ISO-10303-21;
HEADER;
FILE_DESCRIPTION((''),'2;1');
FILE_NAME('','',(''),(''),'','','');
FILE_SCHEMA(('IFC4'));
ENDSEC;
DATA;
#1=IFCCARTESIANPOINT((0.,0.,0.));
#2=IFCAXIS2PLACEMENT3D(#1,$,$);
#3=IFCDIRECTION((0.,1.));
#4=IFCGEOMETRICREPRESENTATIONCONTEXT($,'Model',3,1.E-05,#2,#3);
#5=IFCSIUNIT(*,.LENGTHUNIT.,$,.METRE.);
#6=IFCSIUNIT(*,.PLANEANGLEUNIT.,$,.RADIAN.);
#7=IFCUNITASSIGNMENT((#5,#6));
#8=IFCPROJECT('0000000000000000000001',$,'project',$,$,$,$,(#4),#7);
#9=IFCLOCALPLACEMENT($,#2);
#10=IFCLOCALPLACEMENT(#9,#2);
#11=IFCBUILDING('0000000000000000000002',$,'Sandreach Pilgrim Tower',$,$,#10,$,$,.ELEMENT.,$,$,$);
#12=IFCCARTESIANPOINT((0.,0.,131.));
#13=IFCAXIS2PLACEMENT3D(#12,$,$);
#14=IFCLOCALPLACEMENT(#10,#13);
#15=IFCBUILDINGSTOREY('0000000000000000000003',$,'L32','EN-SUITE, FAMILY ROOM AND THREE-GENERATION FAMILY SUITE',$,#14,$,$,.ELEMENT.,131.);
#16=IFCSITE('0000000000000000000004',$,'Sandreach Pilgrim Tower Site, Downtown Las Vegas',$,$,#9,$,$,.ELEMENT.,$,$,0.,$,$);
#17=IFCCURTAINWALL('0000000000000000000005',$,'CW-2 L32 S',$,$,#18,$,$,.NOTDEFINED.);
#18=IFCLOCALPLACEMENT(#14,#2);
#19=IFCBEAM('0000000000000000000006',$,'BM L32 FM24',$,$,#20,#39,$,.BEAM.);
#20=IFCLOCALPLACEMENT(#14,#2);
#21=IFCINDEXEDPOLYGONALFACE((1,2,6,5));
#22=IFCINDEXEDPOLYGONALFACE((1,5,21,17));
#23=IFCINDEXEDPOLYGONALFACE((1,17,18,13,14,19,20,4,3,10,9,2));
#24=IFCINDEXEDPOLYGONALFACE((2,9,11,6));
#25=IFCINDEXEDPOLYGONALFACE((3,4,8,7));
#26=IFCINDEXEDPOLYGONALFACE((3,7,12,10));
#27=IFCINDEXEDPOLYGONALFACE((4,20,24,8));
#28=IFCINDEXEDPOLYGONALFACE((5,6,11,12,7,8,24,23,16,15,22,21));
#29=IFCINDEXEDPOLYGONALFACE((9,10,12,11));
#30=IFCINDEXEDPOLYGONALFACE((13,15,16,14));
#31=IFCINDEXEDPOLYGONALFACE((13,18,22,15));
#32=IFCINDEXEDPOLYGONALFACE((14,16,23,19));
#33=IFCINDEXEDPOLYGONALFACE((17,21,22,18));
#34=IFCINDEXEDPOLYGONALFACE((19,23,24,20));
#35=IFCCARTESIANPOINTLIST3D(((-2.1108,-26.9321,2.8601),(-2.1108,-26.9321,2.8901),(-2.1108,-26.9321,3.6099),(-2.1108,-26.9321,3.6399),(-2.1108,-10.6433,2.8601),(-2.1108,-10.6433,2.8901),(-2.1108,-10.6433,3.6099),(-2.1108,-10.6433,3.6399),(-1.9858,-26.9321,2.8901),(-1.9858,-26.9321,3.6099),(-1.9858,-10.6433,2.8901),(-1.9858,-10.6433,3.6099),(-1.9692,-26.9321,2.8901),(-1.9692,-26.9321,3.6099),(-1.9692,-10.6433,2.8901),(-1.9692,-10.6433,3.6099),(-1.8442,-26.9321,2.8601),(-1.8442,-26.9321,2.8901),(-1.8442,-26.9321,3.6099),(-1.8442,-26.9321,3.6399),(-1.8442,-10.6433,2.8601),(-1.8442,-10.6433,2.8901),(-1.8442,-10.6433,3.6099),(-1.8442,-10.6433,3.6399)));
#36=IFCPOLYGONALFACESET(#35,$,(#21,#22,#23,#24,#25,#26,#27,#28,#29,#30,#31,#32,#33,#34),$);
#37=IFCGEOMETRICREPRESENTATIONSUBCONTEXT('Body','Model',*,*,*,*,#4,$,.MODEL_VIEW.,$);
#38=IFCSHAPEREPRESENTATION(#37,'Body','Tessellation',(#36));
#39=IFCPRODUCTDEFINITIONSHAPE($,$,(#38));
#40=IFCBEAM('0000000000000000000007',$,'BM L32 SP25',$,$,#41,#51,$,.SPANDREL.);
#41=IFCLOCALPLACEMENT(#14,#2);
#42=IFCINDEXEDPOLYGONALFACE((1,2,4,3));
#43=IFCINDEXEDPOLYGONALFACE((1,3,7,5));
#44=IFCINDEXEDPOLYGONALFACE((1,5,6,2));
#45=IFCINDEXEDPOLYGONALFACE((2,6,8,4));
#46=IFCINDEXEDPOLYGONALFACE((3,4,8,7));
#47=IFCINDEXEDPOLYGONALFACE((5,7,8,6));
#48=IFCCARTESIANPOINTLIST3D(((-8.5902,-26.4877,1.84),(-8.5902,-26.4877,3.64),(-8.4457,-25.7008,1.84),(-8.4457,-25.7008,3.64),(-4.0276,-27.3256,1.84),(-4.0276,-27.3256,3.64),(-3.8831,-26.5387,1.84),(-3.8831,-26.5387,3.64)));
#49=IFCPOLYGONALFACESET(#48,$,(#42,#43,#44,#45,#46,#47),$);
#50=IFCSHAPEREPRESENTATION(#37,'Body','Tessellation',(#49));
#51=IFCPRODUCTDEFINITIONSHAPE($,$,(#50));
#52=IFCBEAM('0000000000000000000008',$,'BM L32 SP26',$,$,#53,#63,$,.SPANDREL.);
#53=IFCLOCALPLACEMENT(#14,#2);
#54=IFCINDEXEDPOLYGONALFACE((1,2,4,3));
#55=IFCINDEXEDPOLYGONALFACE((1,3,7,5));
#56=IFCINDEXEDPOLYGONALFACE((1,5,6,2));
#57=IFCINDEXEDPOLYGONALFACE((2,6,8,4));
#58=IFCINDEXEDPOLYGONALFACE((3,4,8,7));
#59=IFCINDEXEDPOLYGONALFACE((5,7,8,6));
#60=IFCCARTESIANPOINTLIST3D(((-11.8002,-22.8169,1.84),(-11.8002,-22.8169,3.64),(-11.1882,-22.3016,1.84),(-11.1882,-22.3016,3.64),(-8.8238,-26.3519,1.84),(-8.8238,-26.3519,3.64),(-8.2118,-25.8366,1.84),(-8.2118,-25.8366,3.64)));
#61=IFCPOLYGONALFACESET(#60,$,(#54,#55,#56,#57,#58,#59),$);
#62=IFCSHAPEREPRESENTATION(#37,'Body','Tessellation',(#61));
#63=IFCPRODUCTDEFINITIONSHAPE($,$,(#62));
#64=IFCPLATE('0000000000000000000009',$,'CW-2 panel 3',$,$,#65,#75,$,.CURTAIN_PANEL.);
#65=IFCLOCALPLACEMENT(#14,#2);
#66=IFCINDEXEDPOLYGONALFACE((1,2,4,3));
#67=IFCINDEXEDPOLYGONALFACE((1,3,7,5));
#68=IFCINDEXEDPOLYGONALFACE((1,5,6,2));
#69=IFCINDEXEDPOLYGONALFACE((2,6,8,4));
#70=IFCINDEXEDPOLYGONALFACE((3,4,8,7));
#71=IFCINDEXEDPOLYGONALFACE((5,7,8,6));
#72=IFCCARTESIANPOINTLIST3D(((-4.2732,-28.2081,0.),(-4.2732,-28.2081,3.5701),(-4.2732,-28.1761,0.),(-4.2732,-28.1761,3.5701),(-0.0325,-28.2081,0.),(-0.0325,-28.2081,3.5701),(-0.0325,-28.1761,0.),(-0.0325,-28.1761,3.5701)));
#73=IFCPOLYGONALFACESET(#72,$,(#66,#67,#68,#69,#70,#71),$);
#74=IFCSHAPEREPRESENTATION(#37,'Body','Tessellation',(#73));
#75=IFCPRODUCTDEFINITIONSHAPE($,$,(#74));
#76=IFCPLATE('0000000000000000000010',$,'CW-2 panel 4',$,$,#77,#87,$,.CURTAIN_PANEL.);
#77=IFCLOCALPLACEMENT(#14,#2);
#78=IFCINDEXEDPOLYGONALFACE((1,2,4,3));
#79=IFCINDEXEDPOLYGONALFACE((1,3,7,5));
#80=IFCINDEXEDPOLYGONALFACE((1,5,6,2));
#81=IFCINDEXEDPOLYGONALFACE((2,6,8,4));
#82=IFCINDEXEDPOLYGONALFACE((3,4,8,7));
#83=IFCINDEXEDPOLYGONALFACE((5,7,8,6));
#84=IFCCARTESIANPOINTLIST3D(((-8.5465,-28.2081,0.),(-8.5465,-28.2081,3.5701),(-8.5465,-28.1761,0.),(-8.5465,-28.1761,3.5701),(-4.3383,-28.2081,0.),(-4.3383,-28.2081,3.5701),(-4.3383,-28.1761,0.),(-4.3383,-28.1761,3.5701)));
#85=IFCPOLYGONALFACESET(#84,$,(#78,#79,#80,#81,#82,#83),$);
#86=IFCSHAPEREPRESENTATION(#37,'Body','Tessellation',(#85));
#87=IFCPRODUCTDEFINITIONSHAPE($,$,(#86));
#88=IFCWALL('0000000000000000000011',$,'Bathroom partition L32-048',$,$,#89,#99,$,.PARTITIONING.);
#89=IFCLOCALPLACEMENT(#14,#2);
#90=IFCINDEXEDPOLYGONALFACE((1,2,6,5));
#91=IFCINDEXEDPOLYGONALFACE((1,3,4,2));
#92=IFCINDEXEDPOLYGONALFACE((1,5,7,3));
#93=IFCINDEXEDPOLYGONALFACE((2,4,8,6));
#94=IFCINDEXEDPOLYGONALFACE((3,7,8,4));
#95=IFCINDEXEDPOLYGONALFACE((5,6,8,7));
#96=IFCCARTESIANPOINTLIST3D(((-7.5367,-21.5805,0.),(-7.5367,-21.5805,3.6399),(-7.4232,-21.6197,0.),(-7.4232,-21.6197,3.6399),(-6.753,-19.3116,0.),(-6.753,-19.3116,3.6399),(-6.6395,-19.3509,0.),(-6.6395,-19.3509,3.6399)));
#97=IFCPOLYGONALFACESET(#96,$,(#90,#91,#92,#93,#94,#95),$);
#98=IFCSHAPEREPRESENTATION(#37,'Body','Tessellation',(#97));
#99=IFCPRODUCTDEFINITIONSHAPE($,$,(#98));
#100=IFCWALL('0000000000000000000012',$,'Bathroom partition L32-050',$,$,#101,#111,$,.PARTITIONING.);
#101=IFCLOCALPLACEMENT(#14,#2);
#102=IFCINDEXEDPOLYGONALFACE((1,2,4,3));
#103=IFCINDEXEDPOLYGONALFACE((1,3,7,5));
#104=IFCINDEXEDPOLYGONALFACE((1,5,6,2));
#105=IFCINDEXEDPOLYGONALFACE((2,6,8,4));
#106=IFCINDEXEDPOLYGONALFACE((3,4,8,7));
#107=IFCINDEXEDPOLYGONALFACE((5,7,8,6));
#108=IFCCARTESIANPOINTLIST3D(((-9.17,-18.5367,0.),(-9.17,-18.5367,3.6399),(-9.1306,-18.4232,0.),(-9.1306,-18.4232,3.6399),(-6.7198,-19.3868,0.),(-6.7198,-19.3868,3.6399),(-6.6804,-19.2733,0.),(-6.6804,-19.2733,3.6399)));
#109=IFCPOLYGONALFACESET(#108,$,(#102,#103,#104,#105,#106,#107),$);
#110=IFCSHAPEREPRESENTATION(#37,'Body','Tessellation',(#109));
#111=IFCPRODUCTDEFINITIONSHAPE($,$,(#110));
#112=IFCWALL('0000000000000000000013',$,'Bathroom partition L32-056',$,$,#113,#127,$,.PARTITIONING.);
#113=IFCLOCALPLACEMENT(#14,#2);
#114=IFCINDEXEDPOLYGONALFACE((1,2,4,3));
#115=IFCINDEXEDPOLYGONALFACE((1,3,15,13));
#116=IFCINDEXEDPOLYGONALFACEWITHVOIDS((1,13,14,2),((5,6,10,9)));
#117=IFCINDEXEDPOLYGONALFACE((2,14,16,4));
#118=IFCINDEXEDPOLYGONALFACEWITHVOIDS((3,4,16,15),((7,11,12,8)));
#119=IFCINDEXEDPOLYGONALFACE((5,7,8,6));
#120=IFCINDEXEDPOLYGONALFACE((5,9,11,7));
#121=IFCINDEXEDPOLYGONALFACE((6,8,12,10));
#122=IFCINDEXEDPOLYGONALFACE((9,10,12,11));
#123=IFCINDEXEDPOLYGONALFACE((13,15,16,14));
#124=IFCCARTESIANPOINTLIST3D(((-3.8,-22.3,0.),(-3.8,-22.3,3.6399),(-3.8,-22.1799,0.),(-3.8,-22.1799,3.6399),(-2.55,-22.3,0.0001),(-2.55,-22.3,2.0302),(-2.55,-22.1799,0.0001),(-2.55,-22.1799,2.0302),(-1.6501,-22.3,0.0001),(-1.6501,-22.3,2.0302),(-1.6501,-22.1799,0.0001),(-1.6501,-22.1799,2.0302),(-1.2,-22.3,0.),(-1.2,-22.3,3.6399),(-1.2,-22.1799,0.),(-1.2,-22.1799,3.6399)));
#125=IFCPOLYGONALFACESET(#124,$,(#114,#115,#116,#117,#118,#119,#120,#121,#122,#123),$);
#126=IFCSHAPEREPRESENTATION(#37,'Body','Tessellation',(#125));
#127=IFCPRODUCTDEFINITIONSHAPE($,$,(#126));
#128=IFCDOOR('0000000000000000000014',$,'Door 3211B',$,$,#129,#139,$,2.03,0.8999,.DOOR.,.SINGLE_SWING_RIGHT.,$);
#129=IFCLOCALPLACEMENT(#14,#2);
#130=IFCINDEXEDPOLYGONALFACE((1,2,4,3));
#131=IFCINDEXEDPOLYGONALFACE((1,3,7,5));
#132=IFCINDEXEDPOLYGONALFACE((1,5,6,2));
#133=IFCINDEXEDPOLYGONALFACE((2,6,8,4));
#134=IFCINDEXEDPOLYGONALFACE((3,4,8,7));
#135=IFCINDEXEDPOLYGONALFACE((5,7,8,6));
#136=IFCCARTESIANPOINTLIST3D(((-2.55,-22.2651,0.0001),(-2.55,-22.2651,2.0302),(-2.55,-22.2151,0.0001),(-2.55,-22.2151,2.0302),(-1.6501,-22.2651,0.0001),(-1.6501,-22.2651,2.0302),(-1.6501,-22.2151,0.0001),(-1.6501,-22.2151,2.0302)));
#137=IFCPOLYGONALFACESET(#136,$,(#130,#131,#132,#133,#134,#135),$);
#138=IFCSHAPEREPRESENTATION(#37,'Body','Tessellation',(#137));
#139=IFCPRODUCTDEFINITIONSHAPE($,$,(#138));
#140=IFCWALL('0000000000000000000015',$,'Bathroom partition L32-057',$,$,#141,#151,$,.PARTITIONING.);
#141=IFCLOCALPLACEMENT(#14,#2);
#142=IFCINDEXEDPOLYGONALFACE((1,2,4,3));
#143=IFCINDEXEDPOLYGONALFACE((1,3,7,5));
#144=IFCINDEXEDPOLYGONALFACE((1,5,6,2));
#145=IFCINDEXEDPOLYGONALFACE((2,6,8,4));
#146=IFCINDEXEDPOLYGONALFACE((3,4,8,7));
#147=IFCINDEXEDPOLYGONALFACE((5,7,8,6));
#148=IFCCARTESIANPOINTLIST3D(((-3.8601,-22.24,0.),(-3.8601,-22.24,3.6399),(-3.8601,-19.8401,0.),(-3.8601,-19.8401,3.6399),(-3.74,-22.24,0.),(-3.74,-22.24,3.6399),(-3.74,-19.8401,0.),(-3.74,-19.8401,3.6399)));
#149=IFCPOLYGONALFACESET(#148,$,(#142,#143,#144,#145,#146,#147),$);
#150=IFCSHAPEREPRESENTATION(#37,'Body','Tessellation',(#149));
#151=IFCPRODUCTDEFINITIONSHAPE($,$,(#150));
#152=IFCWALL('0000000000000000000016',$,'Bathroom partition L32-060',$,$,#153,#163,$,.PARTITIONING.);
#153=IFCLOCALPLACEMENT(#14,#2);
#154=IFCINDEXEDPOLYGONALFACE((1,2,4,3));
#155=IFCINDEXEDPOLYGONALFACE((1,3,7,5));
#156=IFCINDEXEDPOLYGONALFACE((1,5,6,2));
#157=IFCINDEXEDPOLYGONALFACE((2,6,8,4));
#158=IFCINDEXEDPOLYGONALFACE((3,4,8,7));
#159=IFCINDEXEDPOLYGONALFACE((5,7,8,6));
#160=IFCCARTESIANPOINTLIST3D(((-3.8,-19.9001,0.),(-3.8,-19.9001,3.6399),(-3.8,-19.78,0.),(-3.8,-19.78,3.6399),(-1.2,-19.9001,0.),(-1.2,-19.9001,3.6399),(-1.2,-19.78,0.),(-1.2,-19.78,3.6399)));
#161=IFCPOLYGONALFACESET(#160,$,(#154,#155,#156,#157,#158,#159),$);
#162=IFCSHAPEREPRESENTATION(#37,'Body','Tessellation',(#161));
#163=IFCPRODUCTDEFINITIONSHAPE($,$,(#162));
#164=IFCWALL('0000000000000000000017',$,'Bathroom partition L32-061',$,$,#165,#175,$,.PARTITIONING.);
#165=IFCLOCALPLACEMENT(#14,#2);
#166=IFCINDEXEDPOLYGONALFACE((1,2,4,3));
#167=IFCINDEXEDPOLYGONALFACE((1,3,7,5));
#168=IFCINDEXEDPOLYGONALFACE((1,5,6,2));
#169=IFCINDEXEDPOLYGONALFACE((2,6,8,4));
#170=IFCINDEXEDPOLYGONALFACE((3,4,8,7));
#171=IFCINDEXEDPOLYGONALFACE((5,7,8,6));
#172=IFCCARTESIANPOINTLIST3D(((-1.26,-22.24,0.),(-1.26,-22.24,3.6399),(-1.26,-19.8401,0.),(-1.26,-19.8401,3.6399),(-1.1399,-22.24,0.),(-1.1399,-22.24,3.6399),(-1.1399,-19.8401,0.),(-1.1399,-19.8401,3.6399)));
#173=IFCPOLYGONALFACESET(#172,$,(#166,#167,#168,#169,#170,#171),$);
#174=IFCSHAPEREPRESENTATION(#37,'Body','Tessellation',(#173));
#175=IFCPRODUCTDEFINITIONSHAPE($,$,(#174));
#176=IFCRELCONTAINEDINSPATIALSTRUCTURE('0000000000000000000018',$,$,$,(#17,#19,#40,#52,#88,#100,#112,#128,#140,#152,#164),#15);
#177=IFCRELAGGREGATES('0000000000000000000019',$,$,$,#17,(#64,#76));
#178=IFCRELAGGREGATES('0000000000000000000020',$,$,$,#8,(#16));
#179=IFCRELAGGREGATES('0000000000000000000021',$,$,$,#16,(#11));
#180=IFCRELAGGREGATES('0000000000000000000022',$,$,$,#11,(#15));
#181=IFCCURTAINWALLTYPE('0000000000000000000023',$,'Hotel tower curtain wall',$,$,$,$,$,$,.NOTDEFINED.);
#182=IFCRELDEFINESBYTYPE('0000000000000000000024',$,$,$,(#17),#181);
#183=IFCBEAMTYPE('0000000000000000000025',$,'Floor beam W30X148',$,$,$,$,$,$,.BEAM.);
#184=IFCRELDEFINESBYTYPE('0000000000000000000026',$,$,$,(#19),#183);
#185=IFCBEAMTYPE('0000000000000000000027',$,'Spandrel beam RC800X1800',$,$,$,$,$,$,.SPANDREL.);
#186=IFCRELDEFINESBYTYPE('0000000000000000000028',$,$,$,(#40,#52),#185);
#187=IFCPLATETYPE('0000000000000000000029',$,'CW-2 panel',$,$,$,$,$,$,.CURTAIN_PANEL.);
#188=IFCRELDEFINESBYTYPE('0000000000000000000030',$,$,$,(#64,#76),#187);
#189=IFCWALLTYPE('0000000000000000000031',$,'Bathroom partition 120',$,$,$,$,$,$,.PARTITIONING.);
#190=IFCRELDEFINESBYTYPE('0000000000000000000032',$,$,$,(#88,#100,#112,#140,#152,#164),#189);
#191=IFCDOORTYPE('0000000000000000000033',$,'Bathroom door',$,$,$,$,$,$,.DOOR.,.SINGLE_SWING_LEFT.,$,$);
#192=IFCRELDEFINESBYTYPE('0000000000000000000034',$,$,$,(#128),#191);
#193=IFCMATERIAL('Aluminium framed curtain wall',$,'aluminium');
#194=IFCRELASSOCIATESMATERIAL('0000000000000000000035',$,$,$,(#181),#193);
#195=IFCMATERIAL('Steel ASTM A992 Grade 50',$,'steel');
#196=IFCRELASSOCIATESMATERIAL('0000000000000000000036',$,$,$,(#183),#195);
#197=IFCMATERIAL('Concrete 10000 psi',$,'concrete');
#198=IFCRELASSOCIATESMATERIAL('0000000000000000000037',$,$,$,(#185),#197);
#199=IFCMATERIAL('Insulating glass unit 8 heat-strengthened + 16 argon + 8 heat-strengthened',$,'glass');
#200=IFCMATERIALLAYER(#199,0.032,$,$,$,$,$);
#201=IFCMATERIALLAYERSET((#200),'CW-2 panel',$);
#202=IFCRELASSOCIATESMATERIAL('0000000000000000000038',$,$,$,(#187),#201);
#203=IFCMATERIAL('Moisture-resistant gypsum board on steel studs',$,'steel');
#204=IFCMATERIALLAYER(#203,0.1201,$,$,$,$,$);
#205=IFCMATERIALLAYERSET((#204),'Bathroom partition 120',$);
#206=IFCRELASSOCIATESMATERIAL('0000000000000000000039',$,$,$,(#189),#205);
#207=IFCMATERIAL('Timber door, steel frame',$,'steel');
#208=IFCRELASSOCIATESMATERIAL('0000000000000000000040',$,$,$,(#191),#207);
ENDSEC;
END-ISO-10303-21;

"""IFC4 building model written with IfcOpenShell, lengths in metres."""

from ifc_helpers import new_model, si_unit, direction, frame, frame_2d, origin, origin_2d, place, context, subcontext, project, spatial, rectangle, i_section, extrude, material, layer, layer_set, material_profile, profile_set, type_object, element, fill, aggregate, save


model = new_model("IFC4")

# Units and contexts
model_context = context("Model", 3, precision=1e-05, world=origin(), true_north=direction((0.0, 1.0)))
body_context = subcontext(model_context, "Body", "Model", "MODEL_VIEW")
ifc_project = project(units=[si_unit("LENGTHUNIT", "METRE"), si_unit("PLANEANGLEUNIT", "RADIAN")], contexts=[model_context])

# Site, building, storey
site_placement = place(None, origin())
site = spatial("IfcSite", under=ifc_project, at=site_placement, Name="Sandreach Pilgrim Tower Site, Downtown Las Vegas", CompositionType="ELEMENT", RefElevation=0.0)
building_placement = place(site_placement, origin())
building = spatial("IfcBuilding", under=site, at=building_placement, Name="Sandreach Pilgrim Tower", CompositionType="ELEMENT")
storey_placement = place(building_placement, frame((0.0, 0.0, 131.0)))
storey = spatial("IfcBuildingStorey", under=building, at=storey_placement, Name="L32", Description="EN-SUITE, FAMILY ROOM AND THREE-GENERATION FAMILY SUITE", CompositionType="ELEMENT", Elevation=131.0)

# Curtain wall
ifc_material_1 = material(Name="Aluminium framed curtain wall", Category="aluminium")
curtain_wall_type = type_object("IfcCurtainWallType", Name="Hotel tower curtain wall", PredefinedType="NOTDEFINED", material=ifc_material_1)
curtain_wall_placement = place(storey_placement, origin())
curtain_wall = element("IfcCurtainWall", 1, at=curtain_wall_placement, inside=storey, type_object=curtain_wall_type, Name="CW-2 L32 S", PredefinedType="NOTDEFINED")

# Beams
ifc_material_2 = material(Name="Steel ASTM A992 Grade 50", Category="steel")
ifc_material_profile_1 = material_profile(ifc_material_2, i_section(OverallWidth=0.2666, OverallDepth=0.7798, WebThickness=0.0166, FlangeThickness=0.03, at=origin_2d()), Name="W30X148")
ifc_profile_set_1 = profile_set([ifc_material_profile_1], Name="Steel ASTM A992 Grade 50")
beam_type_1 = type_object("IfcBeamType", Name="Floor beam W30X148", PredefinedType="BEAM", material=ifc_profile_set_1)
beam_1_placement = place(storey_placement, frame((-1.9775, -26.9321, 3.25), z_axis=(0.0, 1.0, 0.0), x_axis=(-1.0, 0.0, 0.0)))
element("IfcBeam", 2, at=beam_1_placement, inside=storey, type_object=beam_type_1, Name="BM L32 FM24", PredefinedType="BEAM", context=body_context, shape_type="SweptSolid", body=[
    extrude(i_section(OverallWidth=0.2666, OverallDepth=0.7798, WebThickness=0.0166, FlangeThickness=0.03, at=origin_2d()), origin(), (0.0, 0.0, 1.0), 16.2888),
])
ifc_material_3 = material(Name="Concrete 10000 psi", Category="concrete")
ifc_material_profile_2 = material_profile(ifc_material_3, rectangle(XDim=0.8, YDim=1.8, at=origin_2d()), Name="RC800X1800")
ifc_profile_set_2 = profile_set([ifc_material_profile_2], Name="Concrete 10000 psi")
beam_type_2 = type_object("IfcBeamType", Name="Spandrel beam RC800X1800", PredefinedType="SPANDREL", material=ifc_profile_set_2)
beam_2_placement = place(storey_placement, frame((-3.9553, -26.9321, 2.74), z_axis=(-0.983552, 0.180627, 0.0), x_axis=(-0.180627, -0.983552, 0.0)))
element("IfcBeam", 3, at=beam_2_placement, inside=storey, type_object=beam_type_2, Name="BM L32 SP25", PredefinedType="SPANDREL", context=body_context, shape_type="SweptSolid", body=[
    extrude(rectangle(XDim=0.8, YDim=1.8, at=origin_2d()), origin(), (0.0, 0.0, 1.0), 4.6389),
])
beam_3_placement = place(storey_placement, frame((-8.5178, -26.0942, 2.74), z_axis=(-0.644079, 0.764959, 0.0), x_axis=(-0.764959, -0.644079, 0.0)))
element("IfcBeam", 4, at=beam_3_placement, inside=storey, type_object=beam_type_2, Name="BM L32 SP26", PredefinedType="SPANDREL", context=body_context, shape_type="SweptSolid", body=[
    extrude(rectangle(XDim=0.8, YDim=1.8, at=origin_2d()), origin(), (0.0, 0.0, 1.0), 4.6211),
])

# Plates
ifc_material_4 = material(Name="Insulating glass unit 8 heat-strengthened + 16 argon + 8 heat-strengthened", Category="glass")
ifc_layer_1 = layer(ifc_material_4, 0.032)
ifc_layer_set_1 = layer_set([ifc_layer_1], Name="CW-2 panel")
plate_type = type_object("IfcPlateType", Name="CW-2 panel", PredefinedType="CURTAIN_PANEL", material=ifc_layer_set_1)
plate_1_placement = place(storey_placement, frame((-2.1528, -28.1921, 0.0), z_axis=(0.0, 0.0, 1.0), x_axis=(-1.0, 0.0, 0.0)))
plate_1 = element("IfcPlate", 5, at=plate_1_placement, type_object=plate_type, Name="CW-2 panel 3", PredefinedType="CURTAIN_PANEL", context=body_context, shape_type="SweptSolid", body=[
    extrude(rectangle(XDim=4.2407, YDim=0.032, at=origin_2d()), origin(), (0.0, 0.0, 1.0), 3.5701),
])
plate_2_placement = place(storey_placement, frame((-6.4424, -28.1921, 0.0), z_axis=(0.0, 0.0, 1.0), x_axis=(-1.0, 0.0, 0.0)))
plate_2 = element("IfcPlate", 6, at=plate_2_placement, type_object=plate_type, Name="CW-2 panel 4", PredefinedType="CURTAIN_PANEL", context=body_context, shape_type="SweptSolid", body=[
    extrude(rectangle(XDim=4.2083, YDim=0.032, at=origin_2d()), origin(), (0.0, 0.0, 1.0), 3.5701),
])
aggregate(curtain_wall, [plate_1, plate_2])

# Walls
ifc_material_5 = material(Name="Moisture-resistant gypsum board on steel studs", Category="steel")
ifc_layer_2 = layer(ifc_material_5, 0.1201)
ifc_layer_set_2 = layer_set([ifc_layer_2], Name="Bathroom partition 120")
wall_type_1 = type_object("IfcWallType", Name="Bathroom partition 120", PredefinedType="PARTITIONING", material=ifc_layer_set_2)
wall_1_placement = place(storey_placement, frame((-7.48, -21.6001, 0.0), z_axis=(0.0, 0.0, 1.0), x_axis=(0.326492, 0.9452, 0.0)))
element("IfcWall", 7, at=wall_1_placement, inside=storey, type_object=wall_type_1, Name="Bathroom partition L32-048", PredefinedType="PARTITIONING", context=body_context, shape_type="SweptSolid", body=[
    extrude(rectangle(XDim=2.4004, YDim=0.1201, at=frame_2d((1.2002, 0.0))), origin(), (0.0, 0.0, 1.0), 3.6399),
])
wall_2_placement = place(storey_placement, frame((-6.7, -19.3301, 0.0), z_axis=(0.0, 0.0, 1.0), x_axis=(-0.944753, 0.327783, 0.0)))
element("IfcWall", 8, at=wall_2_placement, inside=storey, type_object=wall_type_1, Name="Bathroom partition L32-050", PredefinedType="PARTITIONING", context=body_context, shape_type="SweptSolid", body=[
    extrude(rectangle(XDim=2.5935, YDim=0.1201, at=frame_2d((1.2969, 0.0))), origin(), (0.0, 0.0, 1.0), 3.6399),
])

# Wall, opening, door
wall_3_placement = place(storey_placement, frame((-3.8, -22.24, 0.0), z_axis=(0.0, 0.0, 1.0), x_axis=(1.0, 0.0, 0.0)))
wall_3 = element("IfcWall", 9, at=wall_3_placement, inside=storey, type_object=wall_type_1, Name="Bathroom partition L32-056", PredefinedType="PARTITIONING", context=body_context, shape_type="SweptSolid", body=[
    extrude(rectangle(XDim=2.6001, YDim=0.1201, at=frame_2d((1.3, 0.0))), origin(), (0.0, 0.0, 1.0), 3.6399),
])
opening_1_placement = place(wall_3_placement, frame((1.25, 0.0, 0.0)))
opening_1 = element("IfcOpeningElement", 10, at=opening_1_placement, cuts=wall_3, PredefinedType="OPENING", context=body_context, shape_type="SweptSolid", body=[
    extrude(rectangle(XDim=0.8999, YDim=2.03, at=frame_2d((0.45, 1.0151))), frame((0.0, 0.0601, 0.0), z_axis=(0.0, -1.0, 0.0), x_axis=(1.0, 0.0, 0.0)), (0.0, 0.0, 1.0), 0.1201),
])
ifc_material_6 = material(Name="Timber door, steel frame", Category="steel")
door_type_1 = type_object("IfcDoorType", Name="Bathroom door", OperationType="SINGLE_SWING_LEFT", PredefinedType="DOOR", material=ifc_material_6)
door_1_placement = place(opening_1_placement, origin())
door_1 = element("IfcDoor", 11, at=door_1_placement, inside=storey, type_object=door_type_1, Name="Door 3211B", OperationType="SINGLE_SWING_RIGHT", OverallHeight=2.03, OverallWidth=0.8999, PredefinedType="DOOR", context=body_context, shape_type="SweptSolid", body=[
    extrude(rectangle(XDim=0.8999, YDim=2.03, at=frame_2d((0.45, 1.0151))), frame((0.0, 0.0249, 0.0), z_axis=(0.0, -1.0, 0.0), x_axis=(1.0, 0.0, 0.0)), (0.0, 0.0, 1.0), 0.05),
])
fill(opening_1, door_1)

# Walls
wall_4_placement = place(storey_placement, frame((-3.8, -19.8401, 0.0), z_axis=(0.0, 0.0, 1.0), x_axis=(0.0, -1.0, 0.0)))
element("IfcWall", 12, at=wall_4_placement, inside=storey, type_object=wall_type_1, Name="Bathroom partition L32-057", PredefinedType="PARTITIONING", context=body_context, shape_type="SweptSolid", body=[
    extrude(rectangle(XDim=2.3999, YDim=0.1201, at=frame_2d((1.2, 0.0))), origin(), (0.0, 0.0, 1.0), 3.6399),
])
wall_5_placement = place(storey_placement, frame((-1.2, -19.8401, 0.0), z_axis=(0.0, 0.0, 1.0), x_axis=(-1.0, 0.0, 0.0)))
element("IfcWall", 13, at=wall_5_placement, inside=storey, type_object=wall_type_1, Name="Bathroom partition L32-060", PredefinedType="PARTITIONING", context=body_context, shape_type="SweptSolid", body=[
    extrude(rectangle(XDim=2.6001, YDim=0.1201, at=frame_2d((1.3, 0.0))), origin(), (0.0, 0.0, 1.0), 3.6399),
])
wall_6_placement = place(storey_placement, frame((-1.2, -19.8401, 0.0), z_axis=(0.0, 0.0, 1.0), x_axis=(0.0, -1.0, 0.0)))
element("IfcWall", 14, at=wall_6_placement, inside=storey, type_object=wall_type_1, Name="Bathroom partition L32-061", PredefinedType="PARTITIONING", context=body_context, shape_type="SweptSolid", body=[
    extrude(rectangle(XDim=2.3999, YDim=0.1201, at=frame_2d((1.2, 0.0))), origin(), (0.0, 0.0, 1.0), 3.6399),
])

save(model, "model.ifc")
